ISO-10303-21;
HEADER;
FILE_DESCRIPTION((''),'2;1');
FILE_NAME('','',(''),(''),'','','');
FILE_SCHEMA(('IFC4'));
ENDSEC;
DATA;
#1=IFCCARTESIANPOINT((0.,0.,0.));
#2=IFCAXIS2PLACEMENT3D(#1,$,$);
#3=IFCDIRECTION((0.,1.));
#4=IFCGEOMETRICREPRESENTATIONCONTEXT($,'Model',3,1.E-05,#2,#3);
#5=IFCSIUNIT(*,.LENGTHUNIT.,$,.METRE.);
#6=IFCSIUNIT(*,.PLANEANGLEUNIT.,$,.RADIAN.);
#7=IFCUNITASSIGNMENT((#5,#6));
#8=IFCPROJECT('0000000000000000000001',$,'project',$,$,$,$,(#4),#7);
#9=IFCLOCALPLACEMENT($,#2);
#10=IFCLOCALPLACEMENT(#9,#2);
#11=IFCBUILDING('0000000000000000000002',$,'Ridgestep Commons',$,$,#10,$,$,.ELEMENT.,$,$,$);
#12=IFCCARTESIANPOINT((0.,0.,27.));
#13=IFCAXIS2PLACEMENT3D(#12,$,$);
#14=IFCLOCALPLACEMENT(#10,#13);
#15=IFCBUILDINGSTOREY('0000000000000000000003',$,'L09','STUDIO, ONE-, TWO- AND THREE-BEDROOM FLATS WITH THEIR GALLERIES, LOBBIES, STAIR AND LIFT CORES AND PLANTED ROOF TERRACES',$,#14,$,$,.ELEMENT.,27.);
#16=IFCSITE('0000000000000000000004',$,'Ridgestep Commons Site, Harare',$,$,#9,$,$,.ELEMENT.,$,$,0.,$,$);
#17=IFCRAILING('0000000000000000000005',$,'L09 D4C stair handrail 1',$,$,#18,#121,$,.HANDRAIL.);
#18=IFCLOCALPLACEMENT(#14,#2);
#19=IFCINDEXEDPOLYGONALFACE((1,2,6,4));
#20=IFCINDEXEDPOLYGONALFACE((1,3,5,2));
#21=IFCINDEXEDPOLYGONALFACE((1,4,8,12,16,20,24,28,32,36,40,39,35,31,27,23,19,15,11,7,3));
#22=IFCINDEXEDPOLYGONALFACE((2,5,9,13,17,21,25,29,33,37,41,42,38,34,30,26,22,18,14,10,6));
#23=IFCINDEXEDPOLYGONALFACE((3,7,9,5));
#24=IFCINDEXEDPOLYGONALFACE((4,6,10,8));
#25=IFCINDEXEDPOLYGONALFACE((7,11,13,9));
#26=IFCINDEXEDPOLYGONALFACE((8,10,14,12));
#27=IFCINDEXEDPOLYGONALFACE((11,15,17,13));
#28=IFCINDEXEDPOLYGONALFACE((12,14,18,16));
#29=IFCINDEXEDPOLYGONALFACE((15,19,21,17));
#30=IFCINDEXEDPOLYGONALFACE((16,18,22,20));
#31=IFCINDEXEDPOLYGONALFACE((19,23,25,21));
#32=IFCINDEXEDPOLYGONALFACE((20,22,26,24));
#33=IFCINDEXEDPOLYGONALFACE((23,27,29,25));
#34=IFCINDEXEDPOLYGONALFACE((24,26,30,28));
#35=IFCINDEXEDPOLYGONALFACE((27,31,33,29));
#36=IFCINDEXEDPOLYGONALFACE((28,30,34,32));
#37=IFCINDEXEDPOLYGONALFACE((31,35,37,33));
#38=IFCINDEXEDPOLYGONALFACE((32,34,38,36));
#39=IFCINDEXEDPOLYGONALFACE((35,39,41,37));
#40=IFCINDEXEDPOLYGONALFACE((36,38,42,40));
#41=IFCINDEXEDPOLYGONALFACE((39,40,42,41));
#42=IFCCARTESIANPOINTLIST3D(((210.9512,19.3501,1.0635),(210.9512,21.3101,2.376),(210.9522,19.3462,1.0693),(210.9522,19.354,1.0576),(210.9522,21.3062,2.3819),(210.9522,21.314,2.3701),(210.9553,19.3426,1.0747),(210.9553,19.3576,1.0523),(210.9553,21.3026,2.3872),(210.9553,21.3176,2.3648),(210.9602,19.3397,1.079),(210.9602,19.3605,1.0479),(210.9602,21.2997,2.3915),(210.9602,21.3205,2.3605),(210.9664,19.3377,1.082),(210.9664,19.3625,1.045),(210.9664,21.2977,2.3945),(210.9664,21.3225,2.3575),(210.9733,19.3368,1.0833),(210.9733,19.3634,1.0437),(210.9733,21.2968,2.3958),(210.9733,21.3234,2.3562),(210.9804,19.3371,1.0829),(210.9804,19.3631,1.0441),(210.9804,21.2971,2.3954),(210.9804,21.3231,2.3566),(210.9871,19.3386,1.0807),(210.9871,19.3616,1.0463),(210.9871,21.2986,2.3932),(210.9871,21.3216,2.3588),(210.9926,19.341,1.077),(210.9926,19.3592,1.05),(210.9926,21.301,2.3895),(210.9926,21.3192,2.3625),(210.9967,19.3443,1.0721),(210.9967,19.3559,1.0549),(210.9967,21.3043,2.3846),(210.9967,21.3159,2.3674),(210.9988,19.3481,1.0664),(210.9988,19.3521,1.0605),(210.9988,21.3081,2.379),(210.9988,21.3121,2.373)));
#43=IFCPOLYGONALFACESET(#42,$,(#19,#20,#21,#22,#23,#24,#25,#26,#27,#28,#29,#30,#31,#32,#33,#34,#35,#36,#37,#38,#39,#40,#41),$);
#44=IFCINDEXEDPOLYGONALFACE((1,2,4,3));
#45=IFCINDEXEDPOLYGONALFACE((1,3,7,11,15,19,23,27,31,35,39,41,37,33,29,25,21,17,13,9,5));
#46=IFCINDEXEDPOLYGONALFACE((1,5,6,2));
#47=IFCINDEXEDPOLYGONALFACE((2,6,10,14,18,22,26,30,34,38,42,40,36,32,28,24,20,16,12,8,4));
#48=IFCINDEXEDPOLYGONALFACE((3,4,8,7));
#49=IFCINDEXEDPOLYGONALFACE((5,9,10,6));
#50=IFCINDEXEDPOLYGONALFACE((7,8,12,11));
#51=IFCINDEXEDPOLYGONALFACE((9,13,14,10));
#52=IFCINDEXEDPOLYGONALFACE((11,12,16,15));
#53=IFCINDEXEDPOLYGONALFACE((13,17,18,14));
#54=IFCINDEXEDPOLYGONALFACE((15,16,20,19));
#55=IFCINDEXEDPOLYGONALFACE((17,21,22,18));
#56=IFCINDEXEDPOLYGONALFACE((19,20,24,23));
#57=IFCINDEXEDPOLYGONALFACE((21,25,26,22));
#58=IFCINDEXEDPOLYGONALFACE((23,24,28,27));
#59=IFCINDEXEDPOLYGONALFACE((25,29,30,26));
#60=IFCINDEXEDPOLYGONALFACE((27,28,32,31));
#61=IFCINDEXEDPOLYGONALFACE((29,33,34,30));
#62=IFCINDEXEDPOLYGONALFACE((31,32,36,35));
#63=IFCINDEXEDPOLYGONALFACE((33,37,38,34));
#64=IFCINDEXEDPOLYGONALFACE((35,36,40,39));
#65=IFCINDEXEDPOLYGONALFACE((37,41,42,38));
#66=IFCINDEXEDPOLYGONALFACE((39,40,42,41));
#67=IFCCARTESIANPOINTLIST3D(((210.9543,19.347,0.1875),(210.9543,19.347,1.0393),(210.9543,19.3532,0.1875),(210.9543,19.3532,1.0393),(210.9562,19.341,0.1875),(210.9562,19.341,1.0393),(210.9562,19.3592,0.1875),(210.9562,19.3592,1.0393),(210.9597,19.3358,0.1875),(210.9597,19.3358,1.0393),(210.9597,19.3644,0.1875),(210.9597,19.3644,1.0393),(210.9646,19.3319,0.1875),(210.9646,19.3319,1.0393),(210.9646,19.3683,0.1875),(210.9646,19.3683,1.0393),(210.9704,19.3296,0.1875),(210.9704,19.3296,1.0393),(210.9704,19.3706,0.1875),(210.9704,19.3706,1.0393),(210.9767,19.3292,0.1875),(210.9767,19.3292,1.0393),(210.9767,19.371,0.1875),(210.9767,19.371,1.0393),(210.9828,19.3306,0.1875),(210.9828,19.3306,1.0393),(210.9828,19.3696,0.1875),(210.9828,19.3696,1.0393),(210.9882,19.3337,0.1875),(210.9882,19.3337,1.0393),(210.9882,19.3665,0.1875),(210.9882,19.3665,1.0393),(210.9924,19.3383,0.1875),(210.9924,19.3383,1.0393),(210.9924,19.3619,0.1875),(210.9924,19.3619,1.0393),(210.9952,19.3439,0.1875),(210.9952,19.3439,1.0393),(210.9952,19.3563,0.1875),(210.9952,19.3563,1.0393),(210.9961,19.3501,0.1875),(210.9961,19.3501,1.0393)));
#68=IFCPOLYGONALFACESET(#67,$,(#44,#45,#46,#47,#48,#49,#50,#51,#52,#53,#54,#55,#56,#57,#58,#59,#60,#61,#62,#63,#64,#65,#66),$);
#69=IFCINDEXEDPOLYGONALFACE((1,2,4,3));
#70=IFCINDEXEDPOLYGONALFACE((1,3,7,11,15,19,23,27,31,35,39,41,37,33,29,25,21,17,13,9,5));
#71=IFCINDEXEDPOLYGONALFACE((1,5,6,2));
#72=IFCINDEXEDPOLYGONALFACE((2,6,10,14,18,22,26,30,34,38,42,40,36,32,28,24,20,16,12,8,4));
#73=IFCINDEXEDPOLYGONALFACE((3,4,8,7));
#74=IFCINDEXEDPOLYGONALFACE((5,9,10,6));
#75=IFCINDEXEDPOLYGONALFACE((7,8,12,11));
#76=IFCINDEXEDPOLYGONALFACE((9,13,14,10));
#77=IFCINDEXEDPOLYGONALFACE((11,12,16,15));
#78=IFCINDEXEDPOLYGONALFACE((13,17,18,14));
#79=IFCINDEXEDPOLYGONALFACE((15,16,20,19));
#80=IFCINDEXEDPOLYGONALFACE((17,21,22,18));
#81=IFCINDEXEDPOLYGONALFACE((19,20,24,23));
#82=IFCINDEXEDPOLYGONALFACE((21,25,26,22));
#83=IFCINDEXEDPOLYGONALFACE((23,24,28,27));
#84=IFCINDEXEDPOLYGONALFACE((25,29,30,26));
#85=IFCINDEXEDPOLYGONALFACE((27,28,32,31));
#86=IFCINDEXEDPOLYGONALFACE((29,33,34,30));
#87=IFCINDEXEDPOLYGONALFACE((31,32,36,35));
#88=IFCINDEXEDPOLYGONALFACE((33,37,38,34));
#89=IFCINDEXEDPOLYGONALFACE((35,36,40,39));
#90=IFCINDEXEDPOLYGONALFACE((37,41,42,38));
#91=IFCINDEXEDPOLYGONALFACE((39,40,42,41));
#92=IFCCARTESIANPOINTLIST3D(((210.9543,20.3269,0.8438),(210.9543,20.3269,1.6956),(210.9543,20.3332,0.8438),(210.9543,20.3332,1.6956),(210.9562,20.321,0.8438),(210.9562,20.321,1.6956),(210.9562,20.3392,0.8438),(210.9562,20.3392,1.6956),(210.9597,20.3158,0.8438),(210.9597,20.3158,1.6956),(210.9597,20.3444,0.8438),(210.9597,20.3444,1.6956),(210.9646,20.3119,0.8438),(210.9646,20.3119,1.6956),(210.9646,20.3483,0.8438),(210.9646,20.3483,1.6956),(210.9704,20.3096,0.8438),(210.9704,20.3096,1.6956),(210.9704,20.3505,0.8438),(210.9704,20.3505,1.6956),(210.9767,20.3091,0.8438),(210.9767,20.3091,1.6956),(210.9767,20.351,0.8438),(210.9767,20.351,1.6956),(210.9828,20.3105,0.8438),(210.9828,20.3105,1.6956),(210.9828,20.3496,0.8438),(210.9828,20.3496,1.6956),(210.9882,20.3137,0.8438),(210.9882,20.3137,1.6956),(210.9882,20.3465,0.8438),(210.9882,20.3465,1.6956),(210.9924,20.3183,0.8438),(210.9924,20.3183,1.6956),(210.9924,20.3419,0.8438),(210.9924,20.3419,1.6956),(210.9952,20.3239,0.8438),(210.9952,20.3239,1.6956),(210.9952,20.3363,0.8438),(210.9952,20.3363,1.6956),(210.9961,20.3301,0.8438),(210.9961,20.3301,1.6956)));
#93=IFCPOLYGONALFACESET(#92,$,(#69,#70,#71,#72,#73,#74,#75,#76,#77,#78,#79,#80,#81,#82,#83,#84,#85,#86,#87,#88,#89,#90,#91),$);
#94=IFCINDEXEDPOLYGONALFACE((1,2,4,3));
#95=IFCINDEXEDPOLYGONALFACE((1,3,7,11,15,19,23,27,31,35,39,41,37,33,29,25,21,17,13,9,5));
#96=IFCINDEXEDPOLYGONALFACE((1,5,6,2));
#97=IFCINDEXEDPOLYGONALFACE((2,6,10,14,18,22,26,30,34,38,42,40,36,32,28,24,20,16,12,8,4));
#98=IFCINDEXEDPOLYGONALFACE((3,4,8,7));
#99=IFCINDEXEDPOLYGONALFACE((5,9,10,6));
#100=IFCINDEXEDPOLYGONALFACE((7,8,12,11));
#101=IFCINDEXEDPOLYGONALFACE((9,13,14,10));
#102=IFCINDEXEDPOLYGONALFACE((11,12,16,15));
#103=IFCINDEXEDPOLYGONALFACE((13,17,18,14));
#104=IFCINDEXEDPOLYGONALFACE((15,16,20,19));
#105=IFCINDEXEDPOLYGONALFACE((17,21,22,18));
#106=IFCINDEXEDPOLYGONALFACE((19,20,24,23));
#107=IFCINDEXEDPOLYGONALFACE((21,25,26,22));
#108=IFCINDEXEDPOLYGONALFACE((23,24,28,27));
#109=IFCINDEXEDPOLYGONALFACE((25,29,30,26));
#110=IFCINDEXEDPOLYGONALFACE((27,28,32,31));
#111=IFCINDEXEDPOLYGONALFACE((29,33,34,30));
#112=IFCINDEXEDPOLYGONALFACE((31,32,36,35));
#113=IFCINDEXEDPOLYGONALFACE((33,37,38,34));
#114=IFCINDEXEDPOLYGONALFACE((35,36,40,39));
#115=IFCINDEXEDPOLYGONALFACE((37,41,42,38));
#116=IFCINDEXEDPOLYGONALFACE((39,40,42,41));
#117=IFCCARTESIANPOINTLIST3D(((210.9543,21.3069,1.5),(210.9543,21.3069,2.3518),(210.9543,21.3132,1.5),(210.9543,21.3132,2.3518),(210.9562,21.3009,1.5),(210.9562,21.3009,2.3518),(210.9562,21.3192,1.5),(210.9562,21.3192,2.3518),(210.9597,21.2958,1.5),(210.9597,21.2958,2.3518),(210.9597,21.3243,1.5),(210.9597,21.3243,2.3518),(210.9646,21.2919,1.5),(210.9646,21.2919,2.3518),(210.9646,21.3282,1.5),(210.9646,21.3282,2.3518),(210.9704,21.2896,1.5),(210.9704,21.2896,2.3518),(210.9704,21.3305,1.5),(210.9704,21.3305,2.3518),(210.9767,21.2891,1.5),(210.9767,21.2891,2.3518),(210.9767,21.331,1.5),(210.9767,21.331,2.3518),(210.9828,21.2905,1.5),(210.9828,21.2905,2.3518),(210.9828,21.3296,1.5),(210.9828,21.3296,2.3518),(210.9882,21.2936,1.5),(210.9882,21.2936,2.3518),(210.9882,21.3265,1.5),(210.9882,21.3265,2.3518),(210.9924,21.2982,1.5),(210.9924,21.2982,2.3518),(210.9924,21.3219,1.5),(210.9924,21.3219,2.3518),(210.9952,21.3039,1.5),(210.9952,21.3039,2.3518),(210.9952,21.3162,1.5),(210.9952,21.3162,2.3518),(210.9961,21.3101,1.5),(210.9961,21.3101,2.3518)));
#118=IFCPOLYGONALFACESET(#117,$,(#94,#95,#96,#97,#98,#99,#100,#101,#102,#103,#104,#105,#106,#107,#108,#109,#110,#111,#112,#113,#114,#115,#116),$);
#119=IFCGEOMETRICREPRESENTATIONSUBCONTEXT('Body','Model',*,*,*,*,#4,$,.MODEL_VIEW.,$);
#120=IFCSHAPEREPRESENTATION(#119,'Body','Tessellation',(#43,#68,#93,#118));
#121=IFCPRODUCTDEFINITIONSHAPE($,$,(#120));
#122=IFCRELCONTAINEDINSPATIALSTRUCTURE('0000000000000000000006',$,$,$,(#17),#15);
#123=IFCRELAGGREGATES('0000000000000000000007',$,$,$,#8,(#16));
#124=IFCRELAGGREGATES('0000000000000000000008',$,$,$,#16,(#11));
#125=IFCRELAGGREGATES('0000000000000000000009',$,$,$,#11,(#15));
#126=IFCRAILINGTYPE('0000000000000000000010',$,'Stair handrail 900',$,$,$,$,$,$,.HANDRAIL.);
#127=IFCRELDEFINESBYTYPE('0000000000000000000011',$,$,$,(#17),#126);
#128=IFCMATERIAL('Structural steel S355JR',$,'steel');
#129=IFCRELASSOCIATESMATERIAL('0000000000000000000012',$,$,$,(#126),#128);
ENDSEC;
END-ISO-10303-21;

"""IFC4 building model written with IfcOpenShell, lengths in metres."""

from ifc_helpers import new_model, si_unit, direction, frame, origin, origin_2d, place, context, subcontext, project, spatial, circle, extrude, material, type_object, element, save


model = new_model("IFC4")

# Units and contexts
model_context = context("Model", 3, precision=1e-05, world=origin(), true_north=direction((0.0, 1.0)))
body_context = subcontext(model_context, "Body", "Model", "MODEL_VIEW")
ifc_project = project(units=[si_unit("LENGTHUNIT", "METRE"), si_unit("PLANEANGLEUNIT", "RADIAN")], contexts=[model_context])

# Site, building, storey
site_placement = place(None, origin())
site = spatial("IfcSite", under=ifc_project, at=site_placement, Name="Ridgestep Commons Site, Harare", CompositionType="ELEMENT", RefElevation=0.0)
building_placement = place(site_placement, origin())
building = spatial("IfcBuilding", under=site, at=building_placement, Name="Ridgestep Commons", CompositionType="ELEMENT")
storey_placement = place(building_placement, frame((0.0, 0.0, 27.0)))
storey = spatial("IfcBuildingStorey", under=building, at=storey_placement, Name="L09", Description="STUDIO, ONE-, TWO- AND THREE-BEDROOM FLATS WITH THEIR GALLERIES, LOBBIES, STAIR AND LIFT CORES AND PLANTED ROOF TERRACES", CompositionType="ELEMENT", Elevation=27.0)

# Railing
ifc_material_1 = material(Name="Structural steel S355JR", Category="steel")
railing_type_1 = type_object("IfcRailingType", Name="Stair handrail 900", PredefinedType="HANDRAIL", material=ifc_material_1)
railing_1_placement = place(storey_placement, frame((210.9751, 19.3501, 0.1875)))
element("IfcRailing", 1, at=railing_1_placement, inside=storey, type_object=railing_type_1, Name="L09 D4C stair handrail 1", PredefinedType="HANDRAIL", context=body_context, shape_type="SweptSolid", body=[
    extrude(circle(Radius=0.0239, at=origin_2d()), frame((0.0, 0.0, 0.876), z_axis=(0.0, 0.830902, 0.556419), x_axis=(-1.0, 0.0, 0.0)), (0.0, 0.0, 1.0), 2.3589),
    extrude(circle(Radius=0.021, at=origin_2d()), origin(), (0.0, 0.0, 1.0), 0.8518),
    extrude(circle(Radius=0.021, at=origin_2d()), frame((0.0, 0.98, 0.6562)), (0.0, 0.0, 1.0), 0.8518),
    extrude(circle(Radius=0.021, at=origin_2d()), frame((0.0, 1.96, 1.3125)), (0.0, 0.0, 1.0), 0.8518),
])

save(model, "model.ifc")
